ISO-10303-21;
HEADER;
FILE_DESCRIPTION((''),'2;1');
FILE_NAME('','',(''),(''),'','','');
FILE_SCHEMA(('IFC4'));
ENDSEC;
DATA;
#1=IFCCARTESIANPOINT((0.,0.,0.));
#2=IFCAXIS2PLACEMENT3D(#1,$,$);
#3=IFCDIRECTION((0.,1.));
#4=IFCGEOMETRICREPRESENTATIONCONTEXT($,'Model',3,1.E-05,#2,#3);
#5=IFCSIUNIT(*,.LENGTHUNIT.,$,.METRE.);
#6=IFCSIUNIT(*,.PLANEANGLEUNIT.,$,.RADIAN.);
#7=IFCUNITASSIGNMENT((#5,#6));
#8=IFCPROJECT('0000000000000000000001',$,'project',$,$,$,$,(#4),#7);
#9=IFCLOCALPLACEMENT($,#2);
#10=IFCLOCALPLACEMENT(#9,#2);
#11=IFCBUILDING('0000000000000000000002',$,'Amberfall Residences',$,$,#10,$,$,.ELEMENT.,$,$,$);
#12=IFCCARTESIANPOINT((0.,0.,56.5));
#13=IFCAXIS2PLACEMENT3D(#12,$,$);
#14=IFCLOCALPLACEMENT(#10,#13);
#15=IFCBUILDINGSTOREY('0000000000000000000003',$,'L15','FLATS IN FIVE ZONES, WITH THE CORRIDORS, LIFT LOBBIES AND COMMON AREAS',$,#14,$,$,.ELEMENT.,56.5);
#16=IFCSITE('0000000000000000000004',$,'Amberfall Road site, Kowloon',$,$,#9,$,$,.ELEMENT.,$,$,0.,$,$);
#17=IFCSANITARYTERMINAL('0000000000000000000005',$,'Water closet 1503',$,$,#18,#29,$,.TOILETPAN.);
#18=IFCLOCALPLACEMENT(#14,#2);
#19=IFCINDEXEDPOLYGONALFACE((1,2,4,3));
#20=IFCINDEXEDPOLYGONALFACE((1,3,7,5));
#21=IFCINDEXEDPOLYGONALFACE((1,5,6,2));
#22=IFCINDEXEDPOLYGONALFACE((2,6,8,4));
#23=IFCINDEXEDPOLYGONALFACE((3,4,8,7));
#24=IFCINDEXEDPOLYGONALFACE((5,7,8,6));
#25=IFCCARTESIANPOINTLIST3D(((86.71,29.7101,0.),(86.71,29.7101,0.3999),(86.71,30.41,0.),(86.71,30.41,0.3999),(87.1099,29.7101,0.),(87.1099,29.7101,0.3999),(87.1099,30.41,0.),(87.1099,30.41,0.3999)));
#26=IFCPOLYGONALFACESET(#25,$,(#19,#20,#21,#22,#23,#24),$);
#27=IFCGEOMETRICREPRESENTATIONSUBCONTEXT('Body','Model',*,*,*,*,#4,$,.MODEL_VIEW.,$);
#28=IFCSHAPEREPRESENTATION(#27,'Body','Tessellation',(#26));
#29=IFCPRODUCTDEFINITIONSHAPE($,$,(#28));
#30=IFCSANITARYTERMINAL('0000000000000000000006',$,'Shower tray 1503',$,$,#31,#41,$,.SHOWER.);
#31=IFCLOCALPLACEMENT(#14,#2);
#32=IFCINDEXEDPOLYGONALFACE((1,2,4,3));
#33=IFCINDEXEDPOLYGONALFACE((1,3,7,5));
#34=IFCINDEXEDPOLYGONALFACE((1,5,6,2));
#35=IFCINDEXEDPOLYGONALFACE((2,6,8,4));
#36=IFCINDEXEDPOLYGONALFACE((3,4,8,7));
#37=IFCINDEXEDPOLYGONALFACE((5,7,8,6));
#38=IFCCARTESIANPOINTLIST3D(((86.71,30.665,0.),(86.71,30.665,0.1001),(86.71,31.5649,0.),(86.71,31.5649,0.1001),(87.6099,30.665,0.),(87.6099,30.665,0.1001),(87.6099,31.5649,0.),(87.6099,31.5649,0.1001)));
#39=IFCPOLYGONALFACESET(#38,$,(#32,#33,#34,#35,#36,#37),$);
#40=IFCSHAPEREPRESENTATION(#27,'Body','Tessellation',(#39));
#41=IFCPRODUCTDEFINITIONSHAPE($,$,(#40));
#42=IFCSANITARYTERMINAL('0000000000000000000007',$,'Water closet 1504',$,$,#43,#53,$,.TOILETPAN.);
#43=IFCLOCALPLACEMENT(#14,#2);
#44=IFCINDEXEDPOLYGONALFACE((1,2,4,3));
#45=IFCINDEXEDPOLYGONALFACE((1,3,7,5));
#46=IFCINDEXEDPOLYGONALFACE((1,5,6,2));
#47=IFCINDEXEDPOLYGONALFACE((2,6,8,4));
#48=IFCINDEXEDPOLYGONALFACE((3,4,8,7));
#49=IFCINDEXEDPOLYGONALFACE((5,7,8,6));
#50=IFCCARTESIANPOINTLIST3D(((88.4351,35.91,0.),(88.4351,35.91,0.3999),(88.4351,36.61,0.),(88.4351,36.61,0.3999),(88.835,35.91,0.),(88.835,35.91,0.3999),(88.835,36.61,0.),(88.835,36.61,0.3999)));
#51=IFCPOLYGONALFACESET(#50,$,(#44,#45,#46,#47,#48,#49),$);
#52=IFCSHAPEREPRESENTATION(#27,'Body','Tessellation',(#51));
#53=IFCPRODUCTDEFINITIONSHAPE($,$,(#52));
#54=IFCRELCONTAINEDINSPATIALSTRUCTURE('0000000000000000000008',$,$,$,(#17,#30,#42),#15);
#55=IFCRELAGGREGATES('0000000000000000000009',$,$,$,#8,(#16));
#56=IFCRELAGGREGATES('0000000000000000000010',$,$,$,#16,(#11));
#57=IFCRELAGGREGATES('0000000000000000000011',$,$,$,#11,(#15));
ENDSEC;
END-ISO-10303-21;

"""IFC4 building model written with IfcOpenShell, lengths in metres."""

from ifc_helpers import new_model, si_unit, direction, frame, origin, origin_2d, place, context, subcontext, project, spatial, rectangle, extrude, element, save


model = new_model("IFC4")

# Units and contexts
model_context = context("Model", 3, precision=1e-05, world=origin(), true_north=direction((0.0, 1.0)))
body_context = subcontext(model_context, "Body", "Model", "MODEL_VIEW")
ifc_project = project(units=[si_unit("LENGTHUNIT", "METRE"), si_unit("PLANEANGLEUNIT", "RADIAN")], contexts=[model_context])

# Site, building, storey
site_placement = place(None, origin())
site = spatial("IfcSite", under=ifc_project, at=site_placement, Name="Amberfall Road site, Kowloon", CompositionType="ELEMENT", RefElevation=0.0)
building_placement = place(site_placement, origin())
building = spatial("IfcBuilding", under=site, at=building_placement, Name="Amberfall Residences", CompositionType="ELEMENT")
storey_placement = place(building_placement, frame((0.0, 0.0, 56.5)))
storey = spatial("IfcBuildingStorey", under=building, at=storey_placement, Name="L15", Description="FLATS IN FIVE ZONES, WITH THE CORRIDORS, LIFT LOBBIES AND COMMON AREAS", CompositionType="ELEMENT", Elevation=56.5)

# Sanitary terminals
sanitary_terminal_1_placement = place(storey_placement, frame((86.9099, 30.0601, 0.0), z_axis=(0.0, 0.0, 1.0), x_axis=(1.0, 0.0, 0.0)))
element("IfcSanitaryTerminal", 1, at=sanitary_terminal_1_placement, inside=storey, Name="Water closet 1503", PredefinedType="TOILETPAN", context=body_context, shape_type="SweptSolid", body=[
    extrude(rectangle(XDim=0.3999, YDim=0.7, at=origin_2d()), origin(), (0.0, 0.0, 1.0), 0.3999),
])
sanitary_terminal_2_placement = place(storey_placement, frame((87.1599, 31.115, 0.0), z_axis=(0.0, 0.0, 1.0), x_axis=(1.0, 0.0, 0.0)))
element("IfcSanitaryTerminal", 2, at=sanitary_terminal_2_placement, inside=storey, Name="Shower tray 1503", PredefinedType="SHOWER", context=body_context, shape_type="SweptSolid", body=[
    extrude(rectangle(XDim=0.8999, YDim=0.8999, at=origin_2d()), origin(), (0.0, 0.0, 1.0), 0.1001),
])
sanitary_terminal_3_placement = place(storey_placement, frame((88.635, 36.26, 0.0), z_axis=(0.0, 0.0, 1.0), x_axis=(1.0, 0.0, 0.0)))
element("IfcSanitaryTerminal", 3, at=sanitary_terminal_3_placement, inside=storey, Name="Water closet 1504", PredefinedType="TOILETPAN", context=body_context, shape_type="SweptSolid", body=[
    extrude(rectangle(XDim=0.3999, YDim=0.7, at=origin_2d()), origin(), (0.0, 0.0, 1.0), 0.3999),
])

save(model, "model.ifc")
